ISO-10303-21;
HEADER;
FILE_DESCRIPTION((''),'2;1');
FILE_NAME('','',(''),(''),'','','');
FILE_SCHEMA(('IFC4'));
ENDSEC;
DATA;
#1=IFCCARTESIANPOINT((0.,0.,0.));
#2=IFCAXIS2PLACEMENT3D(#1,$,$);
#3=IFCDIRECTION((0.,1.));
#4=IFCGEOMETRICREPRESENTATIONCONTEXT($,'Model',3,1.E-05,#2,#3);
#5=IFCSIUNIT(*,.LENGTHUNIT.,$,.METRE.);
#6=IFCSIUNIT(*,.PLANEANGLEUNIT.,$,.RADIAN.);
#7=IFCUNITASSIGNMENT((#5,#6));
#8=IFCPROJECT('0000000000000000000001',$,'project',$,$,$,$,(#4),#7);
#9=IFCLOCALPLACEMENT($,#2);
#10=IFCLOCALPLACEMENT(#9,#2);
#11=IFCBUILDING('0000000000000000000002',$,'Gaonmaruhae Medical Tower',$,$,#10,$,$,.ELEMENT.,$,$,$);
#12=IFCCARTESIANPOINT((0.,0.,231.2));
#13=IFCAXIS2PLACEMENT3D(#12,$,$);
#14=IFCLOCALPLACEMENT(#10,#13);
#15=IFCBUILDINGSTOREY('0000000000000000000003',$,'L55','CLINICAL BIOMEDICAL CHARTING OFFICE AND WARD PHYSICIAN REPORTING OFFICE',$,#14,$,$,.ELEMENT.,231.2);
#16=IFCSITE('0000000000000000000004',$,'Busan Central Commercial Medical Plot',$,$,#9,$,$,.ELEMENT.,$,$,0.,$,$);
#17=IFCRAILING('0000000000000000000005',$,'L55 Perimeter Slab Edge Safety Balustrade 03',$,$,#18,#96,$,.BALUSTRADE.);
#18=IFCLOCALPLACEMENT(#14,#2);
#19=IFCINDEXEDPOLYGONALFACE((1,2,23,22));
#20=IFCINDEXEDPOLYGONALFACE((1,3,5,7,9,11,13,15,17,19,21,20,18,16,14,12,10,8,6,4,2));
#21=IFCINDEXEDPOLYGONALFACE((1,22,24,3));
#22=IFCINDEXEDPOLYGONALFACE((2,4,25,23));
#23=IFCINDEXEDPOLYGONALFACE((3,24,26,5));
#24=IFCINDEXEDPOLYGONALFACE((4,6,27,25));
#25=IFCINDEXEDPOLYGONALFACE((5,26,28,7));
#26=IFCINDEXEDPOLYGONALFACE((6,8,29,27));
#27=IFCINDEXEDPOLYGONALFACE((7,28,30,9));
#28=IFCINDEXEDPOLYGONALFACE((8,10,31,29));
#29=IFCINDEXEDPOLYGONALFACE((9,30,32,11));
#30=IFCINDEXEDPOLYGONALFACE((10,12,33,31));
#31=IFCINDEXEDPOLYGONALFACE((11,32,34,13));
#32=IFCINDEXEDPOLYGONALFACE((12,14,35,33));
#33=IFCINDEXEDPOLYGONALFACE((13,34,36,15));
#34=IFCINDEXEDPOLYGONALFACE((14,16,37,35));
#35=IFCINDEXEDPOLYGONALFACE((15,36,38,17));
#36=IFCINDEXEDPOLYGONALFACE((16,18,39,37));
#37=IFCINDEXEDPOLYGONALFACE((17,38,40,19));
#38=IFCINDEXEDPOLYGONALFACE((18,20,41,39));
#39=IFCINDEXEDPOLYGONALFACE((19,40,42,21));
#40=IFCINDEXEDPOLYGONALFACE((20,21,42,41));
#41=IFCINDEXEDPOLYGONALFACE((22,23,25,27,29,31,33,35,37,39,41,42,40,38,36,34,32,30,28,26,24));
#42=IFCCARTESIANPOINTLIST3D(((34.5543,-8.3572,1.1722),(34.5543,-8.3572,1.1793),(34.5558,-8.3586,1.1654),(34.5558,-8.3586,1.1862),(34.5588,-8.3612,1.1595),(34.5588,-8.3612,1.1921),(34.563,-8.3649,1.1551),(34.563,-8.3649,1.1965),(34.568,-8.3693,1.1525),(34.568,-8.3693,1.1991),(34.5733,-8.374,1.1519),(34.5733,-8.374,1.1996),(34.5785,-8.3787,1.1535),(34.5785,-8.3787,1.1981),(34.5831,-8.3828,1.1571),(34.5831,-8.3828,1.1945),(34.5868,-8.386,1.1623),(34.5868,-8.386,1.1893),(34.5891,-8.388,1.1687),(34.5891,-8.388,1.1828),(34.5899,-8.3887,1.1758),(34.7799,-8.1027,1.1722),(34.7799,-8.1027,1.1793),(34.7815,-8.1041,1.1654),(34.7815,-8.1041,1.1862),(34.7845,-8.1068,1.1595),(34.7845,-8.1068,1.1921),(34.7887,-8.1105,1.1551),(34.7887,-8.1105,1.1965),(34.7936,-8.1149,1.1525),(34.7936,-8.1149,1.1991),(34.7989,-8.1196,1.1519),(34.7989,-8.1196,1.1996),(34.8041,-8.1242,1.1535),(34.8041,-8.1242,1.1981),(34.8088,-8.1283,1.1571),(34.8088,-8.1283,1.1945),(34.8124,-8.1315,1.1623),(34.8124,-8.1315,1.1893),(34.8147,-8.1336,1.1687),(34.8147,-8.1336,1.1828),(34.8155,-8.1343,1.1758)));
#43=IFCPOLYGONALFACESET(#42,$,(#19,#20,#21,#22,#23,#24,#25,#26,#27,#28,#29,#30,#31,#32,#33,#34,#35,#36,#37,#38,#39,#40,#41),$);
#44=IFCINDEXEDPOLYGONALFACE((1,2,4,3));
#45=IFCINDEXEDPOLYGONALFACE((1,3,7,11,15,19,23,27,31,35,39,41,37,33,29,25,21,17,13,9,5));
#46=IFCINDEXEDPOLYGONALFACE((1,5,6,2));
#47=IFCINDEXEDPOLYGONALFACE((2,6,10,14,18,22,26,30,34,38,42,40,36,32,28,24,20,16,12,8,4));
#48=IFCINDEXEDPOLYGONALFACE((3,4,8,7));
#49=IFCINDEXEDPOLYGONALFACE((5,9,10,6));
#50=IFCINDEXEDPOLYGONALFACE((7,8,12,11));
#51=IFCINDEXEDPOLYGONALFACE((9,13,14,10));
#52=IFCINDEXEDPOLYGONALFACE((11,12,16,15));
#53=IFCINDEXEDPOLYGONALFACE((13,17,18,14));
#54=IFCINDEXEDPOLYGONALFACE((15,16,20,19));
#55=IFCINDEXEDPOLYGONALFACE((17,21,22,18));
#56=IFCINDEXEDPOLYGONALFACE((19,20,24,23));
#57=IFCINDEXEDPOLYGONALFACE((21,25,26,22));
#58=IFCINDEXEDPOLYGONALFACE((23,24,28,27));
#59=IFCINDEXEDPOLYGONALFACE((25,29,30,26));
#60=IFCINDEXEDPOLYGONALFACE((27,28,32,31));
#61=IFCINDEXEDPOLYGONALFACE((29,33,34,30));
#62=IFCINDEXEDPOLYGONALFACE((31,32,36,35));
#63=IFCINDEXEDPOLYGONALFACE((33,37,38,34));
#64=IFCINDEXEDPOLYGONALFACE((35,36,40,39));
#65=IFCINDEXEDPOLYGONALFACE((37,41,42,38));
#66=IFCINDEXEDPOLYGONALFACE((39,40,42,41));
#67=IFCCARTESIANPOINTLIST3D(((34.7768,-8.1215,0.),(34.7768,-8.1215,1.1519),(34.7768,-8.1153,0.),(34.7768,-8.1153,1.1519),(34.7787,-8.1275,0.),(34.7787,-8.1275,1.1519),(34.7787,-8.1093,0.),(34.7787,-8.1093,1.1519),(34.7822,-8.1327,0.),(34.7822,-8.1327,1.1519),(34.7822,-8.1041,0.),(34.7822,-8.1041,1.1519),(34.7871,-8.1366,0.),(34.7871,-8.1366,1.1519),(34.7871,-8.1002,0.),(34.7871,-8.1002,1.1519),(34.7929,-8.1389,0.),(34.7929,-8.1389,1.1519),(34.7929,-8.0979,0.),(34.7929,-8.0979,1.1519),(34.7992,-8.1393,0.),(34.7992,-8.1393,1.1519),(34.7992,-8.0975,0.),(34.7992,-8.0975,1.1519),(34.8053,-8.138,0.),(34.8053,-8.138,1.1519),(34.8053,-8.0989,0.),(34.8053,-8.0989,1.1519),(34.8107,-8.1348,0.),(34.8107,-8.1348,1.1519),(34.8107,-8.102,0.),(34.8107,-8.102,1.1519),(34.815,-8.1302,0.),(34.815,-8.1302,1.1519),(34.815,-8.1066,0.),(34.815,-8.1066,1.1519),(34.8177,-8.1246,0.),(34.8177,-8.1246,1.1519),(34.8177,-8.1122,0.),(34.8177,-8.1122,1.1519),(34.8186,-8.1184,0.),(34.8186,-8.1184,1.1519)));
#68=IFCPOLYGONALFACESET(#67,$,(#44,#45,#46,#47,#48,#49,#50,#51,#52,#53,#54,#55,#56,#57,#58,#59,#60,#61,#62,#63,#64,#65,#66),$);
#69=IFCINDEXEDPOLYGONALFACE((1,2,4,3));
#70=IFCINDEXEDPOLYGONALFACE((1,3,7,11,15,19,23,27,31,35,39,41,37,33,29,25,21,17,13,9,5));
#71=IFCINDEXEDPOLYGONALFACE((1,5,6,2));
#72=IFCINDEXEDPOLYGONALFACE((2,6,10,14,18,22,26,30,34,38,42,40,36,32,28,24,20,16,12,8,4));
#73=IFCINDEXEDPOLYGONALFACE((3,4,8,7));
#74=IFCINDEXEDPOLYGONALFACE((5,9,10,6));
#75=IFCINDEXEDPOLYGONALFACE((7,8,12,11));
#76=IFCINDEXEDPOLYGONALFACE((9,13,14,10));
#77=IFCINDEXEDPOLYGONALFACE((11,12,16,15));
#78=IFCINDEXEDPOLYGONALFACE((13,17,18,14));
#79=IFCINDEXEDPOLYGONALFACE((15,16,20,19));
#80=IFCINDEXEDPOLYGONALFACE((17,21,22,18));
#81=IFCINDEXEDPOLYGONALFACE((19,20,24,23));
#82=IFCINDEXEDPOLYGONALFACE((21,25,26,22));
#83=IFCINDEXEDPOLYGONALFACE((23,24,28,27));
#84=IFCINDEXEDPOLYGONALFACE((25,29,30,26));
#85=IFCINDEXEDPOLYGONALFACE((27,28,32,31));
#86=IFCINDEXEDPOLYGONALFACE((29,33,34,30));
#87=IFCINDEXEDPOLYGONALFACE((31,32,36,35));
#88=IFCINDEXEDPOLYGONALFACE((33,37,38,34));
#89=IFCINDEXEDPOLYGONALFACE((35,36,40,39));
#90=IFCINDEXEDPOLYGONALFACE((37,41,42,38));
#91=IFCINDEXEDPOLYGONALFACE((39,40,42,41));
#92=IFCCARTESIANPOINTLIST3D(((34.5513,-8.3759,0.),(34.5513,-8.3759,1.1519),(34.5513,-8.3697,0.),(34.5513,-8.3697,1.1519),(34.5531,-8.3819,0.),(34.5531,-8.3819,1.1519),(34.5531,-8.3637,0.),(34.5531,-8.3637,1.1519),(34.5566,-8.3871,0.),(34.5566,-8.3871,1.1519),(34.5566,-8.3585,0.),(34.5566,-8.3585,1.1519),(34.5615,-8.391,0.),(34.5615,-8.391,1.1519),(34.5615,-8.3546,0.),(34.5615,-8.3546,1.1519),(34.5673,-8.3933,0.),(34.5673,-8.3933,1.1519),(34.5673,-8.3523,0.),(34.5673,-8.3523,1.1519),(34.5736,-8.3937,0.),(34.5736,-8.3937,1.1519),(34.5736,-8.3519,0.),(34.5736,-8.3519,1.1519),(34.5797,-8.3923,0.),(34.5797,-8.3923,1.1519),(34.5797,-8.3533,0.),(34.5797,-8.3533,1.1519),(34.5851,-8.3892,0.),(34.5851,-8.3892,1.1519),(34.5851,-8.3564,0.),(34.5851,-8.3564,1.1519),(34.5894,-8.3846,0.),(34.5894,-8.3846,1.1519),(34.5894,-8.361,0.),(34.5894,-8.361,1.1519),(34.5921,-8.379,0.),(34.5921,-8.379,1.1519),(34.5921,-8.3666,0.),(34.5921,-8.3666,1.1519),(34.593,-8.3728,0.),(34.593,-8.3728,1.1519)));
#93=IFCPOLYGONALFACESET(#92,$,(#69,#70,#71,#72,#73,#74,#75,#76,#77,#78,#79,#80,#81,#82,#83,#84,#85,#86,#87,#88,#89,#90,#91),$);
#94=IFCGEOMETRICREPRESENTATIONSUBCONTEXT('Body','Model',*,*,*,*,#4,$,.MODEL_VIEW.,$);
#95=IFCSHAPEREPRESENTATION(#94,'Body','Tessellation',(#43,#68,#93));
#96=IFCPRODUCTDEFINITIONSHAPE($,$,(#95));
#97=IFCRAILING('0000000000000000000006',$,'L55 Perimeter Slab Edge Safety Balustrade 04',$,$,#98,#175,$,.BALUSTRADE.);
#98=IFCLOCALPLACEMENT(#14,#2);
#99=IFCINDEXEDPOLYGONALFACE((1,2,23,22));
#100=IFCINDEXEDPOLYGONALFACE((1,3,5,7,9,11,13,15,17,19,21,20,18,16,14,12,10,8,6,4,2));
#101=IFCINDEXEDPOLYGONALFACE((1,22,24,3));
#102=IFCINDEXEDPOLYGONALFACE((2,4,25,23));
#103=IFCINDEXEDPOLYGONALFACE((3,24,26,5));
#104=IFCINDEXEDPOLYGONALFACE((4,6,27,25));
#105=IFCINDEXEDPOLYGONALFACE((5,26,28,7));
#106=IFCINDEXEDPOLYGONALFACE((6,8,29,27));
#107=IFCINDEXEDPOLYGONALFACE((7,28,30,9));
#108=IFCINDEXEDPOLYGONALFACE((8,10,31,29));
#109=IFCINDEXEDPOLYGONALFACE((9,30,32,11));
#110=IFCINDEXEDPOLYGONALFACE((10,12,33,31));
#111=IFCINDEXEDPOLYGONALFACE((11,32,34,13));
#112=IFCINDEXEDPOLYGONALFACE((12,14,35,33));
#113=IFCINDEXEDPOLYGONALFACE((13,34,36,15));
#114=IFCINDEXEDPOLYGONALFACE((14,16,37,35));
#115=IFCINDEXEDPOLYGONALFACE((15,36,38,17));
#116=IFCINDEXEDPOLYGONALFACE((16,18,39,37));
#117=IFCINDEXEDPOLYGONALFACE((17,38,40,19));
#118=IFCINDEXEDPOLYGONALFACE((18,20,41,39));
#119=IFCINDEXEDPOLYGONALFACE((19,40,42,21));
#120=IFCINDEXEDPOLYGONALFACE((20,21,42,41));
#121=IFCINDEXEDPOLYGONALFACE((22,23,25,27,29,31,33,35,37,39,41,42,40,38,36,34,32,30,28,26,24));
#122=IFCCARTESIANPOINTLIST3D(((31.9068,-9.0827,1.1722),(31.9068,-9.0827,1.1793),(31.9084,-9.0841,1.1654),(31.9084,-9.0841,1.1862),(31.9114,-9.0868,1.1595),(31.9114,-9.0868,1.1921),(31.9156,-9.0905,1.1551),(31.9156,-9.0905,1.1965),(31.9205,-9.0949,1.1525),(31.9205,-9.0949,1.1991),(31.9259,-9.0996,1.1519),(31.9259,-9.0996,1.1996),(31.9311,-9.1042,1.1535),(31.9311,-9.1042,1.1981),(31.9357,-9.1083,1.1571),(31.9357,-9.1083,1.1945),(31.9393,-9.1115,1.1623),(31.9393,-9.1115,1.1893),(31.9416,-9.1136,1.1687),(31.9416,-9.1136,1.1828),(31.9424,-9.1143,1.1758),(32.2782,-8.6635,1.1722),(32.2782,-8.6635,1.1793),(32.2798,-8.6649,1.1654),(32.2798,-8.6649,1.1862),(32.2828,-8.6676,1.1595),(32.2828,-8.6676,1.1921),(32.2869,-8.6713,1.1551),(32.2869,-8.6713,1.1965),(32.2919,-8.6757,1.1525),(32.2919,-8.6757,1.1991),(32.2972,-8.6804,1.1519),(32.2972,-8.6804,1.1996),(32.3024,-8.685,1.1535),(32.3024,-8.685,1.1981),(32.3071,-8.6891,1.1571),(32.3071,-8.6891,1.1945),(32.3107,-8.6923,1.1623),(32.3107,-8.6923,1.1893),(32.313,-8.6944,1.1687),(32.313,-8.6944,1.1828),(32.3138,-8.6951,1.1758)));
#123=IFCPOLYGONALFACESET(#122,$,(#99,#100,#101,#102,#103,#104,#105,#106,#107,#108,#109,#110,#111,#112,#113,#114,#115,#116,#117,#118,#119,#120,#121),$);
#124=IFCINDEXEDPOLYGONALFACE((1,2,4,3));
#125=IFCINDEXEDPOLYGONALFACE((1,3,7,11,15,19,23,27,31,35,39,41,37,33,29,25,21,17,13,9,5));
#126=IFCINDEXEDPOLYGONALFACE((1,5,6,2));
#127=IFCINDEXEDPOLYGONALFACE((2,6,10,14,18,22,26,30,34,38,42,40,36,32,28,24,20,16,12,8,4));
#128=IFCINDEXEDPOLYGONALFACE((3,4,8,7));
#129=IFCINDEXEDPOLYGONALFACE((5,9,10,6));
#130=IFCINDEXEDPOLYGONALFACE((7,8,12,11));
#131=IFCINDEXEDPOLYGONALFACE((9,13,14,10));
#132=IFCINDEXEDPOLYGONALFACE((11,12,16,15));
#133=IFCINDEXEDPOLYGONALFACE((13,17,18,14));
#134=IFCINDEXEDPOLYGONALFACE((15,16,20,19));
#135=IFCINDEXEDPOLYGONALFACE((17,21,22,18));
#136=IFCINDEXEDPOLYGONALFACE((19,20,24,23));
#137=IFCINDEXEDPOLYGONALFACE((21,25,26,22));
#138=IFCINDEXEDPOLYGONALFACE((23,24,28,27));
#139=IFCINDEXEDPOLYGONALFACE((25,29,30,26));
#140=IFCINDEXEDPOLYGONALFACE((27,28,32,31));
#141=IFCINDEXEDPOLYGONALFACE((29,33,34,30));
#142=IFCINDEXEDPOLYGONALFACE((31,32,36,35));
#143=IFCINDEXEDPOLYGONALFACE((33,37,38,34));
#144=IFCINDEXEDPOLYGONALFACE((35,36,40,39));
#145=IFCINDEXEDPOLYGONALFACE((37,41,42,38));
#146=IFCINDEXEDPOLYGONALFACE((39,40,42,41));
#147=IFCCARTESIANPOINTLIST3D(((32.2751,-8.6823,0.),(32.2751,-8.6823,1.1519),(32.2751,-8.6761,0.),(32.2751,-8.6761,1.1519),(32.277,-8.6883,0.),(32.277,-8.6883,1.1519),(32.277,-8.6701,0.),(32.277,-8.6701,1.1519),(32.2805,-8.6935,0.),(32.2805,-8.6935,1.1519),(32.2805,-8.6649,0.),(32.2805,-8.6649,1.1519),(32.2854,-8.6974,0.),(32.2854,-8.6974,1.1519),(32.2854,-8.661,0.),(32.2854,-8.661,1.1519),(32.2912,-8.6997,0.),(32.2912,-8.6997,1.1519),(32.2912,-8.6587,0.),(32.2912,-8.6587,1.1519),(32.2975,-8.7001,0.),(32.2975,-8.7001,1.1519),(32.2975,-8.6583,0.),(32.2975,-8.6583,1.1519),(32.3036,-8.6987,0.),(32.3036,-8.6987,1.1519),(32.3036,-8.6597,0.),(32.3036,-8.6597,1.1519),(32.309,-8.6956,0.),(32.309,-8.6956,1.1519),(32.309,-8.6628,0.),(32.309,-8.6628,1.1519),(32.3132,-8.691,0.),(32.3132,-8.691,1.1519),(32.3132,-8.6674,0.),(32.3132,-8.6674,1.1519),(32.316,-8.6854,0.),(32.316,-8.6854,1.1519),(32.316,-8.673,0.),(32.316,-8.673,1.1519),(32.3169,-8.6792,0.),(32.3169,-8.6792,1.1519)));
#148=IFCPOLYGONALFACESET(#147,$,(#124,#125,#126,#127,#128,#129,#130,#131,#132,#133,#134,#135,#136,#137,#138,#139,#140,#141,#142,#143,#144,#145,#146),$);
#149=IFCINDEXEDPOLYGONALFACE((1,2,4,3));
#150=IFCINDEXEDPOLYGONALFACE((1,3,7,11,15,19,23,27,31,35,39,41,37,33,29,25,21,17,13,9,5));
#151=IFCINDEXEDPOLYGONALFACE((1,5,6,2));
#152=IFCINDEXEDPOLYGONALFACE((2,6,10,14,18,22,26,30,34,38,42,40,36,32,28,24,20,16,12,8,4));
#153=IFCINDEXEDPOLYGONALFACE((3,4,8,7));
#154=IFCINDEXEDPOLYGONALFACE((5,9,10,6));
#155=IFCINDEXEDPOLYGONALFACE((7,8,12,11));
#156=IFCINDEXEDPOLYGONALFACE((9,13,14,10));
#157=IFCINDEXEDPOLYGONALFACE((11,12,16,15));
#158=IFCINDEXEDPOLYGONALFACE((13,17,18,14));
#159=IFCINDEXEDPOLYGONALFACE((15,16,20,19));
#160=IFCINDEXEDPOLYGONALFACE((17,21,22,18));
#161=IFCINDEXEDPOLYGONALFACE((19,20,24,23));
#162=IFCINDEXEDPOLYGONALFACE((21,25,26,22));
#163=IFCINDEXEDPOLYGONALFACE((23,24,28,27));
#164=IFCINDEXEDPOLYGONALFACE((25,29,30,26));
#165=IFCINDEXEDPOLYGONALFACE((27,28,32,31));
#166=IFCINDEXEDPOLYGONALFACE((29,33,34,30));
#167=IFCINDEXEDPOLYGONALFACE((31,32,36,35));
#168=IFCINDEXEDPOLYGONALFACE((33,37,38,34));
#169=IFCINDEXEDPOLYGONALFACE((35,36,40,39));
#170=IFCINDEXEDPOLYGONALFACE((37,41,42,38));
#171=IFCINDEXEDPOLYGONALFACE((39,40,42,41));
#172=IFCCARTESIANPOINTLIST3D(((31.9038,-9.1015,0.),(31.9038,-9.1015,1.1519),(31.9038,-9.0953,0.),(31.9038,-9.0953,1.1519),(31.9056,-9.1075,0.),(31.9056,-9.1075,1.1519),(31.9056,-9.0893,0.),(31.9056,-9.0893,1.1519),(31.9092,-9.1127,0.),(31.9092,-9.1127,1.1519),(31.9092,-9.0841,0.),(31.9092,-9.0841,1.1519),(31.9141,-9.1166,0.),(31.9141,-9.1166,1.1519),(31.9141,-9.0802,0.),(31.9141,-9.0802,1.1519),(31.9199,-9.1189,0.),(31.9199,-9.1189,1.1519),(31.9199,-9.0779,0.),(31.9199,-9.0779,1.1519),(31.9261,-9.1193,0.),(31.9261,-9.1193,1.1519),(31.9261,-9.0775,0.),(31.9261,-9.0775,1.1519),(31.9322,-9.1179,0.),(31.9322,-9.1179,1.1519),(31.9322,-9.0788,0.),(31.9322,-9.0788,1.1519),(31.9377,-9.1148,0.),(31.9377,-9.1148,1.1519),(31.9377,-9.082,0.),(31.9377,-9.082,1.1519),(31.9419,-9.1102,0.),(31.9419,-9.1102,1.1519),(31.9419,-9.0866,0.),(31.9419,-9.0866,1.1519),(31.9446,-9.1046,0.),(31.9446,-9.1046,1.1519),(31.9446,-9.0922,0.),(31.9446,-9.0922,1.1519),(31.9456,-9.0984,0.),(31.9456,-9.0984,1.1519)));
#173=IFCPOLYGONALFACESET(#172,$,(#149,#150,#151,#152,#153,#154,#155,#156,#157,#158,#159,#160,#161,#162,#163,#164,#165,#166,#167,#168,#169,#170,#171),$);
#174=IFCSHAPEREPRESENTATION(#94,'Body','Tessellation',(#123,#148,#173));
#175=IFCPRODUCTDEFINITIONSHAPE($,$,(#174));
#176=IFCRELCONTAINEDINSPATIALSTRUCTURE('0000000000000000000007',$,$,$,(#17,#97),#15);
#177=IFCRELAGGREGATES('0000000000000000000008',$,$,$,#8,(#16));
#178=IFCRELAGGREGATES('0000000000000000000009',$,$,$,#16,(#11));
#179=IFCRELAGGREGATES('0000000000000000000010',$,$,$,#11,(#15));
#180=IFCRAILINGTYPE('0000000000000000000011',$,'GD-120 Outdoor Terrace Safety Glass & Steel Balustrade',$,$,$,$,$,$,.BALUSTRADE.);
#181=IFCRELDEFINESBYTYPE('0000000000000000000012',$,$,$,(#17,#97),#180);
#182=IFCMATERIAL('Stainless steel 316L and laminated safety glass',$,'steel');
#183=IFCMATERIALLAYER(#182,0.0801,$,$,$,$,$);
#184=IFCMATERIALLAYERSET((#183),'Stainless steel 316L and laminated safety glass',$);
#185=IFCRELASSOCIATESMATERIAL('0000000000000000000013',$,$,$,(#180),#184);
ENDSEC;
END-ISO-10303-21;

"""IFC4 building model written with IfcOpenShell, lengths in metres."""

from ifc_helpers import new_model, si_unit, direction, frame, origin, origin_2d, place, context, subcontext, project, spatial, circle, extrude, material, layer, layer_set, type_object, element, save


model = new_model("IFC4")

# Units and contexts
model_context = context("Model", 3, precision=1e-05, world=origin(), true_north=direction((0.0, 1.0)))
body_context = subcontext(model_context, "Body", "Model", "MODEL_VIEW")
ifc_project = project(units=[si_unit("LENGTHUNIT", "METRE"), si_unit("PLANEANGLEUNIT", "RADIAN")], contexts=[model_context])

# Site, building, storey
site_placement = place(None, origin())
site = spatial("IfcSite", under=ifc_project, at=site_placement, Name="Busan Central Commercial Medical Plot", CompositionType="ELEMENT", RefElevation=0.0)
building_placement = place(site_placement, origin())
building = spatial("IfcBuilding", under=site, at=building_placement, Name="Gaonmaruhae Medical Tower", CompositionType="ELEMENT")
storey_placement = place(building_placement, frame((0.0, 0.0, 231.2)))
storey = spatial("IfcBuildingStorey", under=building, at=storey_placement, Name="L55", Description="CLINICAL BIOMEDICAL CHARTING OFFICE AND WARD PHYSICIAN REPORTING OFFICE", CompositionType="ELEMENT", Elevation=231.2)

# Railings
ifc_material_1 = material(Name="Stainless steel 316L and laminated safety glass", Category="steel")
ifc_layer_1 = layer(ifc_material_1, 0.0801)
ifc_layer_set_1 = layer_set([ifc_layer_1], Name="Stainless steel 316L and laminated safety glass")
railing_type = type_object("IfcRailingType", Name="GD-120 Outdoor Terrace Safety Glass & Steel Balustrade", PredefinedType="BALUSTRADE", material=ifc_layer_set_1)
railing_1_placement = place(storey_placement, frame((34.7976, -8.1184, 0.0)))
element("IfcRailing", 1, at=railing_1_placement, inside=storey, type_object=railing_type, Name="L55 Perimeter Slab Edge Safety Balustrade 03", PredefinedType="BALUSTRADE", context=body_context, shape_type="SweptSolid", body=[
    extrude(circle(Radius=0.0239, at=origin_2d()), frame((0.0, 0.0, 1.1758), z_axis=(-0.663472, -0.748201, 0.0), x_axis=(0.748201, -0.663472, 0.0)), (0.0, 0.0, 1.0), 0.3401),
    extrude(circle(Radius=0.021, at=origin_2d()), origin(), (0.0, 0.0, 1.0), 1.1519),
    extrude(circle(Radius=0.021, at=origin_2d()), frame((-0.2256, -0.2544, 0.0)), (0.0, 0.0, 1.0), 1.1519),
])
railing_2_placement = place(storey_placement, frame((32.2959, -8.6792, 0.0)))
element("IfcRailing", 2, at=railing_2_placement, inside=storey, type_object=railing_type, Name="L55 Perimeter Slab Edge Safety Balustrade 04", PredefinedType="BALUSTRADE", context=body_context, shape_type="SweptSolid", body=[
    extrude(circle(Radius=0.0239, at=origin_2d()), frame((0.0, 0.0, 1.1758), z_axis=(-0.663091, -0.748539, 0.0), x_axis=(0.748539, -0.663091, 0.0)), (0.0, 0.0, 1.0), 0.5601),
    extrude(circle(Radius=0.021, at=origin_2d()), origin(), (0.0, 0.0, 1.0), 1.1519),
    extrude(circle(Radius=0.021, at=origin_2d()), frame((-0.3713, -0.4192, 0.0)), (0.0, 0.0, 1.0), 1.1519),
])

save(model, "model.ifc")
